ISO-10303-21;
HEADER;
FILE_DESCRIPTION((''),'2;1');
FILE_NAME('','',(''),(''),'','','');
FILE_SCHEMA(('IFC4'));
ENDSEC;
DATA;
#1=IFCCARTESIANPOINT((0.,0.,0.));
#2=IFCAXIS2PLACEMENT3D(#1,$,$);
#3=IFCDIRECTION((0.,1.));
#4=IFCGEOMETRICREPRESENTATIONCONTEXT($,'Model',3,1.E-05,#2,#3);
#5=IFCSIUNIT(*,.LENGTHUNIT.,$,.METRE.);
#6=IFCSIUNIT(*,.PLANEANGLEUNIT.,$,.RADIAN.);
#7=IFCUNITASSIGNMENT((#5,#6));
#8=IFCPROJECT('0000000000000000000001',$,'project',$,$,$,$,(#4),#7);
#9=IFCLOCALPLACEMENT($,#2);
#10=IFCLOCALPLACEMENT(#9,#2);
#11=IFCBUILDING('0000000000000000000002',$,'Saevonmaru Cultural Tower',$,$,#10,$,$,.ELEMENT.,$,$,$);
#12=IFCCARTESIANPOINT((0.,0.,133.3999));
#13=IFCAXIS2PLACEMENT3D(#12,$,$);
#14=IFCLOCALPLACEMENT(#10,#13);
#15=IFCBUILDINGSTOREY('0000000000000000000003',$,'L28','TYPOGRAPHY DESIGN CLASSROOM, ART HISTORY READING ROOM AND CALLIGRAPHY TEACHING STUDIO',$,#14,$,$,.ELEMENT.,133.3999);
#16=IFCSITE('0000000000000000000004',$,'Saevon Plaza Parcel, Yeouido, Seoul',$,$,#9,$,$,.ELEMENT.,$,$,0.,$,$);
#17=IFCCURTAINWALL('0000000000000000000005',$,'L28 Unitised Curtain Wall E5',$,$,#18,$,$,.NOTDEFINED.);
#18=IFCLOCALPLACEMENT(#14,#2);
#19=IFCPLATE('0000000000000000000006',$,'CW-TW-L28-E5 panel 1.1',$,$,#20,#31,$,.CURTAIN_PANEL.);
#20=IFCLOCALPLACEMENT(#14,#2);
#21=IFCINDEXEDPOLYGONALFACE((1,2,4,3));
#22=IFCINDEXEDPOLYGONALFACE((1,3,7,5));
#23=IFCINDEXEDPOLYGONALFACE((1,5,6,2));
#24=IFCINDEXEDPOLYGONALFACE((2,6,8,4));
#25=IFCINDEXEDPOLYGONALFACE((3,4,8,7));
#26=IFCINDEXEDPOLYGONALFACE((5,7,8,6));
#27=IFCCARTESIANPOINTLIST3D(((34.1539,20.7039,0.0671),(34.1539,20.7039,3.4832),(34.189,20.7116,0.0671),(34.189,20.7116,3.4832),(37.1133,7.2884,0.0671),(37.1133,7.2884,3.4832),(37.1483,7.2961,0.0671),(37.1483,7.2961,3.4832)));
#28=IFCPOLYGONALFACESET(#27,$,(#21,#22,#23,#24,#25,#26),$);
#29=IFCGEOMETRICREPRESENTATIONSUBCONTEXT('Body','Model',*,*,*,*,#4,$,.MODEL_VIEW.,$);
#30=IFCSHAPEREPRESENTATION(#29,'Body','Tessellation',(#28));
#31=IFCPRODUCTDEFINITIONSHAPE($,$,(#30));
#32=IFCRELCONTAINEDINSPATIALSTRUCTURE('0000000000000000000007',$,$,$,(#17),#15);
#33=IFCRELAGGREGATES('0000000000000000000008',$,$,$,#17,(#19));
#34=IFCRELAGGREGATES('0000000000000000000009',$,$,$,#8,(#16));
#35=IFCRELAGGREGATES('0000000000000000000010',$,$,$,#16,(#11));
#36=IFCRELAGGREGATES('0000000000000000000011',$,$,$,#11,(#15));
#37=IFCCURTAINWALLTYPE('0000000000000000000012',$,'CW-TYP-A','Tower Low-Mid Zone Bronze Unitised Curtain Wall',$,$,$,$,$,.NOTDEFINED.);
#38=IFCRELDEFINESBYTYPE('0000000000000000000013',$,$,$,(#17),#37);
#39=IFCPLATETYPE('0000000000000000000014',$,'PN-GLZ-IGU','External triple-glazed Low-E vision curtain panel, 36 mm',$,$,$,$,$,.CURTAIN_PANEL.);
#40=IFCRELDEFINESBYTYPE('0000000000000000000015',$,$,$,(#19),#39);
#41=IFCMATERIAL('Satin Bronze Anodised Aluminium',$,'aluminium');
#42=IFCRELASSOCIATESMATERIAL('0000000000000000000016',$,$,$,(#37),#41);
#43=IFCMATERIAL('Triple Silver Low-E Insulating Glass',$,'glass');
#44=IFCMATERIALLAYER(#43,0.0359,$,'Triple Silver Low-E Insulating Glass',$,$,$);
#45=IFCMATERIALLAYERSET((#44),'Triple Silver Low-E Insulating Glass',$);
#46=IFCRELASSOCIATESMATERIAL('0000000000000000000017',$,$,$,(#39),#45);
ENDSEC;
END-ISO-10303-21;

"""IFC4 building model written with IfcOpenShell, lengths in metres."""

from ifc_helpers import new_model, si_unit, direction, frame, origin, origin_2d, place, context, subcontext, project, spatial, rectangle, extrude, material, layer, layer_set, type_object, element, aggregate, save


model = new_model("IFC4")

# Units and contexts
model_context = context("Model", 3, precision=1e-05, world=origin(), true_north=direction((0.0, 1.0)))
body_context = subcontext(model_context, "Body", "Model", "MODEL_VIEW")
ifc_project = project(units=[si_unit("LENGTHUNIT", "METRE"), si_unit("PLANEANGLEUNIT", "RADIAN")], contexts=[model_context])

# Site, building, storey
site_placement = place(None, origin())
site = spatial("IfcSite", under=ifc_project, at=site_placement, Name="Saevon Plaza Parcel, Yeouido, Seoul", CompositionType="ELEMENT", RefElevation=0.0)
building_placement = place(site_placement, origin())
building = spatial("IfcBuilding", under=site, at=building_placement, Name="Saevonmaru Cultural Tower", CompositionType="ELEMENT")
storey_placement = place(building_placement, frame((0.0, 0.0, 133.3999)))
storey = spatial("IfcBuildingStorey", under=building, at=storey_placement, Name="L28", Description="TYPOGRAPHY DESIGN CLASSROOM, ART HISTORY READING ROOM AND CALLIGRAPHY TEACHING STUDIO", CompositionType="ELEMENT", Elevation=133.3999)

# Shared definitions
ifc_material_1 = material(Name="Satin Bronze Anodised Aluminium", Category="aluminium")
curtain_wall_type_1 = type_object("IfcCurtainWallType", Name="CW-TYP-A", Description="Tower Low-Mid Zone Bronze Unitised Curtain Wall", PredefinedType="NOTDEFINED", material=ifc_material_1)

# Curtain wall
curtain_wall_1_placement = place(storey_placement, origin())
curtain_wall_1 = element("IfcCurtainWall", 1, at=curtain_wall_1_placement, inside=storey, type_object=curtain_wall_type_1, Name="L28 Unitised Curtain Wall E5", PredefinedType="NOTDEFINED")

# Plate
ifc_material_2 = material(Name="Triple Silver Low-E Insulating Glass", Category="glass")
ifc_layer_1 = layer(ifc_material_2, 0.0359, Name="Triple Silver Low-E Insulating Glass")
ifc_layer_set_1 = layer_set([ifc_layer_1], Name="Triple Silver Low-E Insulating Glass")
plate_type_1 = type_object("IfcPlateType", Name="PN-GLZ-IGU", Description="External triple-glazed Low-E vision curtain panel, 36 mm", PredefinedType="CURTAIN_PANEL", material=ifc_layer_set_1)
plate_1_placement = place(storey_placement, frame((35.6511, 14.0, 0.0671), z_axis=(0.0, 0.0, 1.0), x_axis=(0.215413, -0.976523, 0.0)))
plate_1 = element("IfcPlate", 2, at=plate_1_placement, type_object=plate_type_1, Name="CW-TW-L28-E5 panel 1.1", PredefinedType="CURTAIN_PANEL", context=body_context, shape_type="SweptSolid", body=[
    extrude(rectangle(XDim=13.738, YDim=0.0359, at=origin_2d()), origin(), (0.0, 0.0, 1.0), 3.416),
])
aggregate(curtain_wall_1, [plate_1])

save(model, "model.ifc")
